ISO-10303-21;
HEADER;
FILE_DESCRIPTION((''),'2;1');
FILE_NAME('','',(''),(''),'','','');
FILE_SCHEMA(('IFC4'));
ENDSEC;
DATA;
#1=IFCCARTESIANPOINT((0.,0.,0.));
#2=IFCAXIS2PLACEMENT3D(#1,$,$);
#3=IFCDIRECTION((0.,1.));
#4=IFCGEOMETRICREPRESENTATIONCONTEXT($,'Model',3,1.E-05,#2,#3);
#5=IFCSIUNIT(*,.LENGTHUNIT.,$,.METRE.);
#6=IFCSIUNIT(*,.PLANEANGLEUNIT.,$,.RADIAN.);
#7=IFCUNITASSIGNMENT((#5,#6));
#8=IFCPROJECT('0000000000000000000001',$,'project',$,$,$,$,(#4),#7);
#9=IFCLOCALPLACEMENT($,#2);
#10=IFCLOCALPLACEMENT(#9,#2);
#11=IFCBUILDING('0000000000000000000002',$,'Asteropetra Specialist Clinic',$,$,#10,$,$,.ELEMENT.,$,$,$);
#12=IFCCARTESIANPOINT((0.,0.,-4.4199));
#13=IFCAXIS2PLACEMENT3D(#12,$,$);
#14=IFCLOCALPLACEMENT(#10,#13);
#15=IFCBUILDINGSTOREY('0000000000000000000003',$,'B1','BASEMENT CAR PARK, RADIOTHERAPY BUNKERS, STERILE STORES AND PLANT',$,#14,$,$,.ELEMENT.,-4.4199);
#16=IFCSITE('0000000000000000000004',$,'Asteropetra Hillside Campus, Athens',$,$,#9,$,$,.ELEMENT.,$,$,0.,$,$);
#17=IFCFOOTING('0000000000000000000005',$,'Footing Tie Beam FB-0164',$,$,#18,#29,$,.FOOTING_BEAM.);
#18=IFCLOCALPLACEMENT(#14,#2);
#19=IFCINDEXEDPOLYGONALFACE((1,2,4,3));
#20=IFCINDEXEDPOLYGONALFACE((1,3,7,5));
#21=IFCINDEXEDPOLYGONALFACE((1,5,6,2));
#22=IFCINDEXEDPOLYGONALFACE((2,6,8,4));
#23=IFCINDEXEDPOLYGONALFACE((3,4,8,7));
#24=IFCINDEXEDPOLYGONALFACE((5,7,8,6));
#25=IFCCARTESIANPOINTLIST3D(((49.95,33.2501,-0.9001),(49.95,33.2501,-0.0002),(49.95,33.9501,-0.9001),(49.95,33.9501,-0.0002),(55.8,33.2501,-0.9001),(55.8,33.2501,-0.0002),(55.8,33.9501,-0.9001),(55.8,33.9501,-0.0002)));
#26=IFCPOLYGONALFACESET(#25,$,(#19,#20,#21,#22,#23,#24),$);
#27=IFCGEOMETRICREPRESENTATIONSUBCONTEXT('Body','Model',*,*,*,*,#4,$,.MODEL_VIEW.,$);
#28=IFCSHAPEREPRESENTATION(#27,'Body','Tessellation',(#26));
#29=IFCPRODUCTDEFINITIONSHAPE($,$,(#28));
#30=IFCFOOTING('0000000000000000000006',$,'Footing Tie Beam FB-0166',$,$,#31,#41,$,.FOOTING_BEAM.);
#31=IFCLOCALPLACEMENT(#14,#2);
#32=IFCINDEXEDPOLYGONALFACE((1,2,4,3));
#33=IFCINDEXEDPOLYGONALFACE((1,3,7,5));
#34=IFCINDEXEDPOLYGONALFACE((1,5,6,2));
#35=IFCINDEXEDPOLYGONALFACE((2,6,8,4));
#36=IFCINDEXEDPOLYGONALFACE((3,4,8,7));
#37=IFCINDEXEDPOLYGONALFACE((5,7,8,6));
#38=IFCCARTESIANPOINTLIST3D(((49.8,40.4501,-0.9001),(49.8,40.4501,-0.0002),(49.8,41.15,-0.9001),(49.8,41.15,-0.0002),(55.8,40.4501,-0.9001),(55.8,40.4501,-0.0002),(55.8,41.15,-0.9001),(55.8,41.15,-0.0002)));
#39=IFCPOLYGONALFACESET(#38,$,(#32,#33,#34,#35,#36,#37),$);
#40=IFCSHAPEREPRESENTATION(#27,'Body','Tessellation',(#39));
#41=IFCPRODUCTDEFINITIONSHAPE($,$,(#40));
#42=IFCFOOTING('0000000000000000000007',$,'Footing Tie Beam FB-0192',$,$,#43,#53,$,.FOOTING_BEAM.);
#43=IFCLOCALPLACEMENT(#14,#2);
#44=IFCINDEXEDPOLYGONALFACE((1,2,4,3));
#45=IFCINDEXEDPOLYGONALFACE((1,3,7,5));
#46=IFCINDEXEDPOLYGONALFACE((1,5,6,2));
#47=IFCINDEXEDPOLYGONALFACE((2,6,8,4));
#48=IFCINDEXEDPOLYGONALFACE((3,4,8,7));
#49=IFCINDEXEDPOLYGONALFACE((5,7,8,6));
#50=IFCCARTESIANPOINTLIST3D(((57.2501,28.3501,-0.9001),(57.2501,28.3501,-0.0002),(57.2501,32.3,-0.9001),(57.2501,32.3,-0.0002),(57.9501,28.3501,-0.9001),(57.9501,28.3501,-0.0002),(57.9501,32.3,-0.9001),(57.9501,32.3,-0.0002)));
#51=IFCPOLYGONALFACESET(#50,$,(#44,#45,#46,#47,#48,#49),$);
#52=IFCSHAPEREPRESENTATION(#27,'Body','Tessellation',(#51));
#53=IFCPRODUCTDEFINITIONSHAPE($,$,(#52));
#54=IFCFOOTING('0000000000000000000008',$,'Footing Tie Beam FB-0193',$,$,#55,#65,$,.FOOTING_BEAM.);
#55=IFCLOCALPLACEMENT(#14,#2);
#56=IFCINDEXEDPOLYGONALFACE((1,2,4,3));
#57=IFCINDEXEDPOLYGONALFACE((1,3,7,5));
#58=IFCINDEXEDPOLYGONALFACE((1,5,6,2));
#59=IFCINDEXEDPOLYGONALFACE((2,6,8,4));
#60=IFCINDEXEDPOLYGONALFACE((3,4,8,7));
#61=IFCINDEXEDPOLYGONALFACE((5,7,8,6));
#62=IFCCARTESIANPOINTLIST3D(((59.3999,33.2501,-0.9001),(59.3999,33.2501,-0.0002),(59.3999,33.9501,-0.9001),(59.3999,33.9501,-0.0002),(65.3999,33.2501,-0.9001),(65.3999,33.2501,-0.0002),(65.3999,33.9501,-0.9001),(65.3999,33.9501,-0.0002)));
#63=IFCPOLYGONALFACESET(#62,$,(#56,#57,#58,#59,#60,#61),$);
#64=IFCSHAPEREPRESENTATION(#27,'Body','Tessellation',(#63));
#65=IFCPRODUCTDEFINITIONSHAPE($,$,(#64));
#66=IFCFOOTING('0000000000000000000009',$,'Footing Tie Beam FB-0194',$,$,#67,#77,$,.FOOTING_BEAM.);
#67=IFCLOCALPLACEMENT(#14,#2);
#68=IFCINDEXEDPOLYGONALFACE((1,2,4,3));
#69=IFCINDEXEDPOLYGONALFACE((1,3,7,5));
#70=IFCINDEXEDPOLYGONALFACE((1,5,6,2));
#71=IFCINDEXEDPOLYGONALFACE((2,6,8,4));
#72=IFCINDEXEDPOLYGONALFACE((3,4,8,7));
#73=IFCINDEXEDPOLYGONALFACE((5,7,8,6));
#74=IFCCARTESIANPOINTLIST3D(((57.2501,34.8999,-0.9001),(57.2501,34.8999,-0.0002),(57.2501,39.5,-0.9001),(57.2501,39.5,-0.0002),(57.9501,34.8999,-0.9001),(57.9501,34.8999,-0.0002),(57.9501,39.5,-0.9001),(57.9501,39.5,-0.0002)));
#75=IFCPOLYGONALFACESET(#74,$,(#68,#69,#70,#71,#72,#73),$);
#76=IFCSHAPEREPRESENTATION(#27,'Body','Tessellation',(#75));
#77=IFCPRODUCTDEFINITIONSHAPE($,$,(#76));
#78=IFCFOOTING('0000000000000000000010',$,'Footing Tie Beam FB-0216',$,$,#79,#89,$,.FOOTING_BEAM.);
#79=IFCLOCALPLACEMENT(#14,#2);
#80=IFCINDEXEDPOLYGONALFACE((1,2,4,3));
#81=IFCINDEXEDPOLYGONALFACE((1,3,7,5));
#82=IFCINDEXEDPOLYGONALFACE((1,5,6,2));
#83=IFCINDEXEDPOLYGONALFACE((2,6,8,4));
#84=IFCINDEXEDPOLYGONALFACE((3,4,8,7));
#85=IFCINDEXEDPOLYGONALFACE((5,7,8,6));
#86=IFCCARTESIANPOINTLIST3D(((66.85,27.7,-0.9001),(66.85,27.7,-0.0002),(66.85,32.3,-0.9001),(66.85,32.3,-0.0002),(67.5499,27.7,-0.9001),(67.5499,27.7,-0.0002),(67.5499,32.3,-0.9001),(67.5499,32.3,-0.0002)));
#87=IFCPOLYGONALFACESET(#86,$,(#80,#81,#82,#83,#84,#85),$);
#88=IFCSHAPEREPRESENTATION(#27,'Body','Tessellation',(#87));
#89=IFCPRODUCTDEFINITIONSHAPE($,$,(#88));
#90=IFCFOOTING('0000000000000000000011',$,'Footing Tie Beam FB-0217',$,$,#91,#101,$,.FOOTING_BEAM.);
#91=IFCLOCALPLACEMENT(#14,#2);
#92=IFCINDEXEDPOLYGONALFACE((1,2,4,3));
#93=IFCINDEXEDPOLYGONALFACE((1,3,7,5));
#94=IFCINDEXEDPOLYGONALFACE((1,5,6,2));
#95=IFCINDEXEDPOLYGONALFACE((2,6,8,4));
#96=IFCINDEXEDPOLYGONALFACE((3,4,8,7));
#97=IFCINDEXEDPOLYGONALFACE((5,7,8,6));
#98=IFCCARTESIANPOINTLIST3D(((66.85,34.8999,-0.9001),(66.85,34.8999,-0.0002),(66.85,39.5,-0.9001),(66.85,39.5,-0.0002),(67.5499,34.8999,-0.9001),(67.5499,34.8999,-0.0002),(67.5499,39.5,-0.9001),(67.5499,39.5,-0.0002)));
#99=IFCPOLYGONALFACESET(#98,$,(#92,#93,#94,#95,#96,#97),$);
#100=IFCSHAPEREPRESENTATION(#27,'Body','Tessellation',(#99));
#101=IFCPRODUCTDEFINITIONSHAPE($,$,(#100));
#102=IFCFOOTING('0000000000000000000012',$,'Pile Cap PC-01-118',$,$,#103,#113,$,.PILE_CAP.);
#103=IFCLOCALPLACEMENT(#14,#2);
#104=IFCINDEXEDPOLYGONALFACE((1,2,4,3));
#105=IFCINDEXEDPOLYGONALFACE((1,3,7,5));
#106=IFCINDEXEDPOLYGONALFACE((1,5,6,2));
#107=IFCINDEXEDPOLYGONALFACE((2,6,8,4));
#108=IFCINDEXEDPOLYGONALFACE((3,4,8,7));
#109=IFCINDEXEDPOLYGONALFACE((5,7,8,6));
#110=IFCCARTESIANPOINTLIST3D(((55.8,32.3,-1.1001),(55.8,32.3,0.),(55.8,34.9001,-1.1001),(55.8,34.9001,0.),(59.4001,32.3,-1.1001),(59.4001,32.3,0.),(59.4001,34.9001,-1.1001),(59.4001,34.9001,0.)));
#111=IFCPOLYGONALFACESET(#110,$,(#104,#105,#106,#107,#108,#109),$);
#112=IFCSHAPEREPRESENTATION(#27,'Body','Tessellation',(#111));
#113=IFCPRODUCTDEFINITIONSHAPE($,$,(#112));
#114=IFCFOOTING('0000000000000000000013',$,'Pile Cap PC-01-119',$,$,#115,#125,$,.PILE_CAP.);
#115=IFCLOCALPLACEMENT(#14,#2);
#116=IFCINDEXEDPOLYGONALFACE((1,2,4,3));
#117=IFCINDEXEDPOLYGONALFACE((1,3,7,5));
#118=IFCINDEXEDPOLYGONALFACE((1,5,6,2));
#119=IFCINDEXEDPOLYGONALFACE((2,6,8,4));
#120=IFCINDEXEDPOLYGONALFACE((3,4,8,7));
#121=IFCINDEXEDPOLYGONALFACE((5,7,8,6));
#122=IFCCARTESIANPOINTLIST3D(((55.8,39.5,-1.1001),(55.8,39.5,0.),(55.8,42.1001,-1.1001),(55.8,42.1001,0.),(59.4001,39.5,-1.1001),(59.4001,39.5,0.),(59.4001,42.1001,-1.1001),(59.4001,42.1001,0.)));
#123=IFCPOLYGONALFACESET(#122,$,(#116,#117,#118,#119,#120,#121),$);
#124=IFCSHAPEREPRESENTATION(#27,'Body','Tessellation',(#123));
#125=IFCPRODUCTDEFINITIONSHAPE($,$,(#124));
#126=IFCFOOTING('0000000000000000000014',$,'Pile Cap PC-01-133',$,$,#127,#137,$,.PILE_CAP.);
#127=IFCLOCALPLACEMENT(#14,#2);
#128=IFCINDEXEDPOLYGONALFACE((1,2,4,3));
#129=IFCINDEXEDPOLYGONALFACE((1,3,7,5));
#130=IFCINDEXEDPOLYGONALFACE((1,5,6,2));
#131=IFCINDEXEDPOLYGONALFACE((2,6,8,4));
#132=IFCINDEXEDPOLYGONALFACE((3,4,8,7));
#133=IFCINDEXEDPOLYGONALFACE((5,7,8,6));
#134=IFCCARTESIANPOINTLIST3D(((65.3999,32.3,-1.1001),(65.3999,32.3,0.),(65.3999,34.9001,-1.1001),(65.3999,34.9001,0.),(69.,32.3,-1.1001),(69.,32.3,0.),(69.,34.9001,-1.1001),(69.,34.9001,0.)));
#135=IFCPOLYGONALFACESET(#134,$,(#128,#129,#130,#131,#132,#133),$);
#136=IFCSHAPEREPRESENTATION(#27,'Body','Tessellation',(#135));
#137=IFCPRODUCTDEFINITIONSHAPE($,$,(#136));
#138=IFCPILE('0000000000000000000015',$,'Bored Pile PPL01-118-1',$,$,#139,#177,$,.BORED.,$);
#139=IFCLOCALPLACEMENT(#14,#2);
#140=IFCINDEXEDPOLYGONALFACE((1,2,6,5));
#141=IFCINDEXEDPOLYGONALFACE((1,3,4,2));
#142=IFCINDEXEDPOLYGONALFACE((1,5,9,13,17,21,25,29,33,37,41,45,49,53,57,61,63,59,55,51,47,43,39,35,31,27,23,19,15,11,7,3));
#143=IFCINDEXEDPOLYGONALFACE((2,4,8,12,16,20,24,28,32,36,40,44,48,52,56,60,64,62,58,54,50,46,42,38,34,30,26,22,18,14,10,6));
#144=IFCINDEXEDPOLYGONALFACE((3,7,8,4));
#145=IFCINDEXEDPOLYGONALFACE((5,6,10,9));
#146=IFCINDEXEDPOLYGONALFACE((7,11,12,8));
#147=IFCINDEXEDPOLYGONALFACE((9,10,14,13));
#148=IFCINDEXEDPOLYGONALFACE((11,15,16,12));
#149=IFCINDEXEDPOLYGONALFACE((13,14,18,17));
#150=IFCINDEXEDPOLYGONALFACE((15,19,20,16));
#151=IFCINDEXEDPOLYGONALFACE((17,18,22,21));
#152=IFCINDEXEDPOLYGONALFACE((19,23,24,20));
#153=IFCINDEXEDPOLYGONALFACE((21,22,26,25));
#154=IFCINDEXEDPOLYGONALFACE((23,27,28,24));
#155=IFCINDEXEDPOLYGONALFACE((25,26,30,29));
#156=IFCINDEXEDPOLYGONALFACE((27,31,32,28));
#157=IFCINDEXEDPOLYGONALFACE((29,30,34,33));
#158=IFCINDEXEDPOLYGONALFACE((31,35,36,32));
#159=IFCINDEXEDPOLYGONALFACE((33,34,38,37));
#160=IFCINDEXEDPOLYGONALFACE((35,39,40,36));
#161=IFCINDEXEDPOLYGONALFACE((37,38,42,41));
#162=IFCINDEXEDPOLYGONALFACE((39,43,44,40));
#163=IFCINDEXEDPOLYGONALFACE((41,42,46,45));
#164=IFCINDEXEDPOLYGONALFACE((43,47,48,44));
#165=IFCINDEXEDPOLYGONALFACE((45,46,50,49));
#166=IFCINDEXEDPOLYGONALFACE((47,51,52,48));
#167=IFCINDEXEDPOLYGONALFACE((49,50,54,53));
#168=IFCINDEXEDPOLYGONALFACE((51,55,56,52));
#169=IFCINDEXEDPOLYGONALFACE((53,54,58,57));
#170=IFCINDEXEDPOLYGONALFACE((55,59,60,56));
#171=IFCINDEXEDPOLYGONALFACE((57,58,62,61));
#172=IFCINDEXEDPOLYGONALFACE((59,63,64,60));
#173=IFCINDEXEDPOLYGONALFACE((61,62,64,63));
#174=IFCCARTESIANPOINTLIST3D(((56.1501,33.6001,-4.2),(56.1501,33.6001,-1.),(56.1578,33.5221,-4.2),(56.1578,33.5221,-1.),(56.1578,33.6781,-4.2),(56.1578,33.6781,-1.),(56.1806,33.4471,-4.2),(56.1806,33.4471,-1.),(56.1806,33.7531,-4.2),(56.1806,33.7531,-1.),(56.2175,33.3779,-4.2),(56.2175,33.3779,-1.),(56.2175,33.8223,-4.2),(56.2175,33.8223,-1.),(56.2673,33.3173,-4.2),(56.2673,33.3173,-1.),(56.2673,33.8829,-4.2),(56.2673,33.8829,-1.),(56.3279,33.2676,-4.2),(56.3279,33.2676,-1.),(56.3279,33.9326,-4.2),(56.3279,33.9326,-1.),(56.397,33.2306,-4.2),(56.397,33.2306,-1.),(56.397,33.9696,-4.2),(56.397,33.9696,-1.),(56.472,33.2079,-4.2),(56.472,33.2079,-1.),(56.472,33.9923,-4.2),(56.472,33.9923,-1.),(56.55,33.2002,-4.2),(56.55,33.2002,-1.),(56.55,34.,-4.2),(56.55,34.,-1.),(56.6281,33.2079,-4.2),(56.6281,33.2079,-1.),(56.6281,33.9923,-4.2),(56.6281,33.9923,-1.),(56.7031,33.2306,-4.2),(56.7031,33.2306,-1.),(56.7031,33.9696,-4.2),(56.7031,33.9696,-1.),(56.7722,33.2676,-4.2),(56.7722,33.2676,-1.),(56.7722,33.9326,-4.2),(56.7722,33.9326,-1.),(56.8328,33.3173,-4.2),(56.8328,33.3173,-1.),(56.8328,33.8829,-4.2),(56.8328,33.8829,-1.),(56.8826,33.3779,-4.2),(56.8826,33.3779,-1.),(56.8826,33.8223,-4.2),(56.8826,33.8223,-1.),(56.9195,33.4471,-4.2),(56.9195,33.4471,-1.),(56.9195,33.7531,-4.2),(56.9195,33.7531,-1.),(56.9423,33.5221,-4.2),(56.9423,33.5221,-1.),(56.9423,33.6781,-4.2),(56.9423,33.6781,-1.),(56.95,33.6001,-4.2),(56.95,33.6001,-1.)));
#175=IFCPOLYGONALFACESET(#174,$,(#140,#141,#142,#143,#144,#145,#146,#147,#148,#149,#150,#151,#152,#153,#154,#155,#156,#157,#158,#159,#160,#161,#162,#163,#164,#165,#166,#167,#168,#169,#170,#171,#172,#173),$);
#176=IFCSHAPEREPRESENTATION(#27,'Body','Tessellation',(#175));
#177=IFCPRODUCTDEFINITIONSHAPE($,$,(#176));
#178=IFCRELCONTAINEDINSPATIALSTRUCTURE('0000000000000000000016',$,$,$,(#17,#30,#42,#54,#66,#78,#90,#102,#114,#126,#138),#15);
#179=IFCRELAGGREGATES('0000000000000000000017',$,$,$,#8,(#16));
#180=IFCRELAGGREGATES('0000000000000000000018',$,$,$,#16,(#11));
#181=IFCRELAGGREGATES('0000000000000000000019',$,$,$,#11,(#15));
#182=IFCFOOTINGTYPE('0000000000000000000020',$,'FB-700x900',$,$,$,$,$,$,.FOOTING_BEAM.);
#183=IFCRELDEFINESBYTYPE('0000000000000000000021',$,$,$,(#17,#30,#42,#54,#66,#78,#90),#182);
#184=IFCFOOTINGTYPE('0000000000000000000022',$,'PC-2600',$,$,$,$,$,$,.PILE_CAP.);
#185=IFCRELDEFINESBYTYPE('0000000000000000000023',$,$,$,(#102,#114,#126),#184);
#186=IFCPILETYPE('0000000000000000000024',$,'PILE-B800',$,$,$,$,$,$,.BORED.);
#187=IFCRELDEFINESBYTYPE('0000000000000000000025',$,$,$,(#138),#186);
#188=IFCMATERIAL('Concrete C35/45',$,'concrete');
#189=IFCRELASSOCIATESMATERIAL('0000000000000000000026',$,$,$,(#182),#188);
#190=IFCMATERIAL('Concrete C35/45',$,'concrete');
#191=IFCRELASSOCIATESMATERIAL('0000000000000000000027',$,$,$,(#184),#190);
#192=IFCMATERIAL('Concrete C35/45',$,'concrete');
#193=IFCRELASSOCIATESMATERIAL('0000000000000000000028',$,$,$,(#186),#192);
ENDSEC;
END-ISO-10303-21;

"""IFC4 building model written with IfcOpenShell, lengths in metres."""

from ifc_helpers import new_model, si_unit, direction, frame, origin, origin_2d, place, context, subcontext, project, spatial, rectangle, circle, extrude, material, material_profile, profile_set, type_object, element, save


model = new_model("IFC4")

# Units and contexts
model_context = context("Model", 3, precision=1e-05, world=origin(), true_north=direction((0.0, 1.0)))
body_context = subcontext(model_context, "Body", "Model", "MODEL_VIEW")
ifc_project = project(units=[si_unit("LENGTHUNIT", "METRE"), si_unit("PLANEANGLEUNIT", "RADIAN")], contexts=[model_context])

# Site, building, storey
site_placement = place(None, origin())
site = spatial("IfcSite", under=ifc_project, at=site_placement, Name="Asteropetra Hillside Campus, Athens", CompositionType="ELEMENT", RefElevation=0.0)
building_placement = place(site_placement, origin())
building = spatial("IfcBuilding", under=site, at=building_placement, Name="Asteropetra Specialist Clinic", CompositionType="ELEMENT")
storey_placement = place(building_placement, frame((0.0, 0.0, -4.4199)))
storey = spatial("IfcBuildingStorey", under=building, at=storey_placement, Name="B1", Description="BASEMENT CAR PARK, RADIOTHERAPY BUNKERS, STERILE STORES AND PLANT", CompositionType="ELEMENT", Elevation=-4.4199)

# Footings
ifc_material_1 = material(Name="Concrete C35/45", Category="concrete")
ifc_material_profile_1 = material_profile(ifc_material_1, rectangle(XDim=0.7, YDim=0.8999, at=origin_2d()), Name="FB 700x900")
ifc_profile_set_1 = profile_set([ifc_material_profile_1], Name="Concrete C35/45")
footing_type_1 = type_object("IfcFootingType", Name="FB-700x900", PredefinedType="FOOTING_BEAM", material=ifc_profile_set_1)
footing_1_placement = place(storey_placement, frame((49.95, 33.6001, -0.4502), z_axis=(1.0, 0.0, 0.0), x_axis=(0.0, 1.0, 0.0)))
element("IfcFooting", 1, at=footing_1_placement, inside=storey, type_object=footing_type_1, Name="Footing Tie Beam FB-0164", PredefinedType="FOOTING_BEAM", context=body_context, shape_type="SweptSolid", body=[
    extrude(rectangle(XDim=0.7, YDim=0.8999, at=origin_2d()), origin(), (0.0, 0.0, 1.0), 5.8501),
])
footing_2_placement = place(storey_placement, frame((49.8, 40.8, -0.4502), z_axis=(1.0, 0.0, 0.0), x_axis=(0.0, 1.0, 0.0)))
element("IfcFooting", 2, at=footing_2_placement, inside=storey, type_object=footing_type_1, Name="Footing Tie Beam FB-0166", PredefinedType="FOOTING_BEAM", context=body_context, shape_type="SweptSolid", body=[
    extrude(rectangle(XDim=0.7, YDim=0.8999, at=origin_2d()), origin(), (0.0, 0.0, 1.0), 6.0),
])
footing_3_placement = place(storey_placement, frame((57.6001, 28.3501, -0.4502), z_axis=(0.0, 1.0, 0.0), x_axis=(-1.0, 0.0, 0.0)))
element("IfcFooting", 3, at=footing_3_placement, inside=storey, type_object=footing_type_1, Name="Footing Tie Beam FB-0192", PredefinedType="FOOTING_BEAM", context=body_context, shape_type="SweptSolid", body=[
    extrude(rectangle(XDim=0.7, YDim=0.8999, at=origin_2d()), origin(), (0.0, 0.0, 1.0), 3.95),
])
footing_4_placement = place(storey_placement, frame((59.3999, 33.6001, -0.4502), z_axis=(1.0, 0.0, 0.0), x_axis=(0.0, 1.0, 0.0)))
element("IfcFooting", 4, at=footing_4_placement, inside=storey, type_object=footing_type_1, Name="Footing Tie Beam FB-0193", PredefinedType="FOOTING_BEAM", context=body_context, shape_type="SweptSolid", body=[
    extrude(rectangle(XDim=0.7, YDim=0.8999, at=origin_2d()), origin(), (0.0, 0.0, 1.0), 6.0),
])
for number, where, z_axis, x_axis, name in (
    (5, (57.6001, 34.8999, -0.4502), (0.0, 1.0, 0.0), (-1.0, 0.0, 0.0), "Footing Tie Beam FB-0194"),
    (6, (67.2, 27.7, -0.4502), (0.0, 1.0, 0.0), (-1.0, 0.0, 0.0), "Footing Tie Beam FB-0216"),
    (7, (67.2, 34.8999, -0.4502), (0.0, 1.0, 0.0), (-1.0, 0.0, 0.0), "Footing Tie Beam FB-0217"),
):
    element("IfcFooting", number, at=place(storey_placement, frame(where, z_axis=z_axis, x_axis=x_axis)), inside=storey, type_object=footing_type_1, Name=name, PredefinedType="FOOTING_BEAM", context=body_context, shape_type="SweptSolid", body=[
        extrude(rectangle(XDim=0.7, YDim=0.8999, at=origin_2d()), origin(), (0.0, 0.0, 1.0), 4.6001),
    ])
ifc_material_2 = material(Name="Concrete C35/45", Category="concrete")
footing_type_2 = type_object("IfcFootingType", Name="PC-2600", PredefinedType="PILE_CAP", material=ifc_material_2)
for number, where, z_axis, x_axis, name in (
    (8, (57.6001, 33.6001, -1.1001), (0.0, 0.0, 1.0), (1.0, 0.0, 0.0), "Pile Cap PC-01-118"),
    (9, (57.6001, 40.8, -1.1001), (0.0, 0.0, 1.0), (1.0, 0.0, 0.0), "Pile Cap PC-01-119"),
    (10, (67.2, 33.6001, -1.1001), (0.0, 0.0, 1.0), (1.0, 0.0, 0.0), "Pile Cap PC-01-133"),
):
    element("IfcFooting", number, at=place(storey_placement, frame(where, z_axis=z_axis, x_axis=x_axis)), inside=storey, type_object=footing_type_2, Name=name, PredefinedType="PILE_CAP", context=body_context, shape_type="SweptSolid", body=[
        extrude(rectangle(XDim=3.6001, YDim=2.6001, at=origin_2d()), origin(), (0.0, 0.0, 1.0), 1.1001),
    ])

# Pile
ifc_material_3 = material(Name="Concrete C35/45", Category="concrete")
ifc_material_profile_2 = material_profile(ifc_material_3, circle(Radius=0.3999, at=origin_2d()), Name="PILE D800")
ifc_profile_set_2 = profile_set([ifc_material_profile_2], Name="Concrete C35/45")
pile_type_1 = type_object("IfcPileType", Name="PILE-B800", PredefinedType="BORED", material=ifc_profile_set_2)
for number, where, z_axis, x_axis, name in (
    (11, (56.55, 33.6001, -1.0), (0.0, 0.0, -1.0), (1.0, 0.0, 0.0), "Bored Pile PPL01-118-1"),
):
    element("IfcPile", number, at=place(storey_placement, frame(where, z_axis=z_axis, x_axis=x_axis)), inside=storey, type_object=pile_type_1, Name=name, PredefinedType="BORED", context=body_context, shape_type="SweptSolid", body=[
        extrude(circle(Radius=0.3999, at=origin_2d()), origin(), (0.0, 0.0, 1.0), 3.2),
    ])

save(model, "model.ifc")
